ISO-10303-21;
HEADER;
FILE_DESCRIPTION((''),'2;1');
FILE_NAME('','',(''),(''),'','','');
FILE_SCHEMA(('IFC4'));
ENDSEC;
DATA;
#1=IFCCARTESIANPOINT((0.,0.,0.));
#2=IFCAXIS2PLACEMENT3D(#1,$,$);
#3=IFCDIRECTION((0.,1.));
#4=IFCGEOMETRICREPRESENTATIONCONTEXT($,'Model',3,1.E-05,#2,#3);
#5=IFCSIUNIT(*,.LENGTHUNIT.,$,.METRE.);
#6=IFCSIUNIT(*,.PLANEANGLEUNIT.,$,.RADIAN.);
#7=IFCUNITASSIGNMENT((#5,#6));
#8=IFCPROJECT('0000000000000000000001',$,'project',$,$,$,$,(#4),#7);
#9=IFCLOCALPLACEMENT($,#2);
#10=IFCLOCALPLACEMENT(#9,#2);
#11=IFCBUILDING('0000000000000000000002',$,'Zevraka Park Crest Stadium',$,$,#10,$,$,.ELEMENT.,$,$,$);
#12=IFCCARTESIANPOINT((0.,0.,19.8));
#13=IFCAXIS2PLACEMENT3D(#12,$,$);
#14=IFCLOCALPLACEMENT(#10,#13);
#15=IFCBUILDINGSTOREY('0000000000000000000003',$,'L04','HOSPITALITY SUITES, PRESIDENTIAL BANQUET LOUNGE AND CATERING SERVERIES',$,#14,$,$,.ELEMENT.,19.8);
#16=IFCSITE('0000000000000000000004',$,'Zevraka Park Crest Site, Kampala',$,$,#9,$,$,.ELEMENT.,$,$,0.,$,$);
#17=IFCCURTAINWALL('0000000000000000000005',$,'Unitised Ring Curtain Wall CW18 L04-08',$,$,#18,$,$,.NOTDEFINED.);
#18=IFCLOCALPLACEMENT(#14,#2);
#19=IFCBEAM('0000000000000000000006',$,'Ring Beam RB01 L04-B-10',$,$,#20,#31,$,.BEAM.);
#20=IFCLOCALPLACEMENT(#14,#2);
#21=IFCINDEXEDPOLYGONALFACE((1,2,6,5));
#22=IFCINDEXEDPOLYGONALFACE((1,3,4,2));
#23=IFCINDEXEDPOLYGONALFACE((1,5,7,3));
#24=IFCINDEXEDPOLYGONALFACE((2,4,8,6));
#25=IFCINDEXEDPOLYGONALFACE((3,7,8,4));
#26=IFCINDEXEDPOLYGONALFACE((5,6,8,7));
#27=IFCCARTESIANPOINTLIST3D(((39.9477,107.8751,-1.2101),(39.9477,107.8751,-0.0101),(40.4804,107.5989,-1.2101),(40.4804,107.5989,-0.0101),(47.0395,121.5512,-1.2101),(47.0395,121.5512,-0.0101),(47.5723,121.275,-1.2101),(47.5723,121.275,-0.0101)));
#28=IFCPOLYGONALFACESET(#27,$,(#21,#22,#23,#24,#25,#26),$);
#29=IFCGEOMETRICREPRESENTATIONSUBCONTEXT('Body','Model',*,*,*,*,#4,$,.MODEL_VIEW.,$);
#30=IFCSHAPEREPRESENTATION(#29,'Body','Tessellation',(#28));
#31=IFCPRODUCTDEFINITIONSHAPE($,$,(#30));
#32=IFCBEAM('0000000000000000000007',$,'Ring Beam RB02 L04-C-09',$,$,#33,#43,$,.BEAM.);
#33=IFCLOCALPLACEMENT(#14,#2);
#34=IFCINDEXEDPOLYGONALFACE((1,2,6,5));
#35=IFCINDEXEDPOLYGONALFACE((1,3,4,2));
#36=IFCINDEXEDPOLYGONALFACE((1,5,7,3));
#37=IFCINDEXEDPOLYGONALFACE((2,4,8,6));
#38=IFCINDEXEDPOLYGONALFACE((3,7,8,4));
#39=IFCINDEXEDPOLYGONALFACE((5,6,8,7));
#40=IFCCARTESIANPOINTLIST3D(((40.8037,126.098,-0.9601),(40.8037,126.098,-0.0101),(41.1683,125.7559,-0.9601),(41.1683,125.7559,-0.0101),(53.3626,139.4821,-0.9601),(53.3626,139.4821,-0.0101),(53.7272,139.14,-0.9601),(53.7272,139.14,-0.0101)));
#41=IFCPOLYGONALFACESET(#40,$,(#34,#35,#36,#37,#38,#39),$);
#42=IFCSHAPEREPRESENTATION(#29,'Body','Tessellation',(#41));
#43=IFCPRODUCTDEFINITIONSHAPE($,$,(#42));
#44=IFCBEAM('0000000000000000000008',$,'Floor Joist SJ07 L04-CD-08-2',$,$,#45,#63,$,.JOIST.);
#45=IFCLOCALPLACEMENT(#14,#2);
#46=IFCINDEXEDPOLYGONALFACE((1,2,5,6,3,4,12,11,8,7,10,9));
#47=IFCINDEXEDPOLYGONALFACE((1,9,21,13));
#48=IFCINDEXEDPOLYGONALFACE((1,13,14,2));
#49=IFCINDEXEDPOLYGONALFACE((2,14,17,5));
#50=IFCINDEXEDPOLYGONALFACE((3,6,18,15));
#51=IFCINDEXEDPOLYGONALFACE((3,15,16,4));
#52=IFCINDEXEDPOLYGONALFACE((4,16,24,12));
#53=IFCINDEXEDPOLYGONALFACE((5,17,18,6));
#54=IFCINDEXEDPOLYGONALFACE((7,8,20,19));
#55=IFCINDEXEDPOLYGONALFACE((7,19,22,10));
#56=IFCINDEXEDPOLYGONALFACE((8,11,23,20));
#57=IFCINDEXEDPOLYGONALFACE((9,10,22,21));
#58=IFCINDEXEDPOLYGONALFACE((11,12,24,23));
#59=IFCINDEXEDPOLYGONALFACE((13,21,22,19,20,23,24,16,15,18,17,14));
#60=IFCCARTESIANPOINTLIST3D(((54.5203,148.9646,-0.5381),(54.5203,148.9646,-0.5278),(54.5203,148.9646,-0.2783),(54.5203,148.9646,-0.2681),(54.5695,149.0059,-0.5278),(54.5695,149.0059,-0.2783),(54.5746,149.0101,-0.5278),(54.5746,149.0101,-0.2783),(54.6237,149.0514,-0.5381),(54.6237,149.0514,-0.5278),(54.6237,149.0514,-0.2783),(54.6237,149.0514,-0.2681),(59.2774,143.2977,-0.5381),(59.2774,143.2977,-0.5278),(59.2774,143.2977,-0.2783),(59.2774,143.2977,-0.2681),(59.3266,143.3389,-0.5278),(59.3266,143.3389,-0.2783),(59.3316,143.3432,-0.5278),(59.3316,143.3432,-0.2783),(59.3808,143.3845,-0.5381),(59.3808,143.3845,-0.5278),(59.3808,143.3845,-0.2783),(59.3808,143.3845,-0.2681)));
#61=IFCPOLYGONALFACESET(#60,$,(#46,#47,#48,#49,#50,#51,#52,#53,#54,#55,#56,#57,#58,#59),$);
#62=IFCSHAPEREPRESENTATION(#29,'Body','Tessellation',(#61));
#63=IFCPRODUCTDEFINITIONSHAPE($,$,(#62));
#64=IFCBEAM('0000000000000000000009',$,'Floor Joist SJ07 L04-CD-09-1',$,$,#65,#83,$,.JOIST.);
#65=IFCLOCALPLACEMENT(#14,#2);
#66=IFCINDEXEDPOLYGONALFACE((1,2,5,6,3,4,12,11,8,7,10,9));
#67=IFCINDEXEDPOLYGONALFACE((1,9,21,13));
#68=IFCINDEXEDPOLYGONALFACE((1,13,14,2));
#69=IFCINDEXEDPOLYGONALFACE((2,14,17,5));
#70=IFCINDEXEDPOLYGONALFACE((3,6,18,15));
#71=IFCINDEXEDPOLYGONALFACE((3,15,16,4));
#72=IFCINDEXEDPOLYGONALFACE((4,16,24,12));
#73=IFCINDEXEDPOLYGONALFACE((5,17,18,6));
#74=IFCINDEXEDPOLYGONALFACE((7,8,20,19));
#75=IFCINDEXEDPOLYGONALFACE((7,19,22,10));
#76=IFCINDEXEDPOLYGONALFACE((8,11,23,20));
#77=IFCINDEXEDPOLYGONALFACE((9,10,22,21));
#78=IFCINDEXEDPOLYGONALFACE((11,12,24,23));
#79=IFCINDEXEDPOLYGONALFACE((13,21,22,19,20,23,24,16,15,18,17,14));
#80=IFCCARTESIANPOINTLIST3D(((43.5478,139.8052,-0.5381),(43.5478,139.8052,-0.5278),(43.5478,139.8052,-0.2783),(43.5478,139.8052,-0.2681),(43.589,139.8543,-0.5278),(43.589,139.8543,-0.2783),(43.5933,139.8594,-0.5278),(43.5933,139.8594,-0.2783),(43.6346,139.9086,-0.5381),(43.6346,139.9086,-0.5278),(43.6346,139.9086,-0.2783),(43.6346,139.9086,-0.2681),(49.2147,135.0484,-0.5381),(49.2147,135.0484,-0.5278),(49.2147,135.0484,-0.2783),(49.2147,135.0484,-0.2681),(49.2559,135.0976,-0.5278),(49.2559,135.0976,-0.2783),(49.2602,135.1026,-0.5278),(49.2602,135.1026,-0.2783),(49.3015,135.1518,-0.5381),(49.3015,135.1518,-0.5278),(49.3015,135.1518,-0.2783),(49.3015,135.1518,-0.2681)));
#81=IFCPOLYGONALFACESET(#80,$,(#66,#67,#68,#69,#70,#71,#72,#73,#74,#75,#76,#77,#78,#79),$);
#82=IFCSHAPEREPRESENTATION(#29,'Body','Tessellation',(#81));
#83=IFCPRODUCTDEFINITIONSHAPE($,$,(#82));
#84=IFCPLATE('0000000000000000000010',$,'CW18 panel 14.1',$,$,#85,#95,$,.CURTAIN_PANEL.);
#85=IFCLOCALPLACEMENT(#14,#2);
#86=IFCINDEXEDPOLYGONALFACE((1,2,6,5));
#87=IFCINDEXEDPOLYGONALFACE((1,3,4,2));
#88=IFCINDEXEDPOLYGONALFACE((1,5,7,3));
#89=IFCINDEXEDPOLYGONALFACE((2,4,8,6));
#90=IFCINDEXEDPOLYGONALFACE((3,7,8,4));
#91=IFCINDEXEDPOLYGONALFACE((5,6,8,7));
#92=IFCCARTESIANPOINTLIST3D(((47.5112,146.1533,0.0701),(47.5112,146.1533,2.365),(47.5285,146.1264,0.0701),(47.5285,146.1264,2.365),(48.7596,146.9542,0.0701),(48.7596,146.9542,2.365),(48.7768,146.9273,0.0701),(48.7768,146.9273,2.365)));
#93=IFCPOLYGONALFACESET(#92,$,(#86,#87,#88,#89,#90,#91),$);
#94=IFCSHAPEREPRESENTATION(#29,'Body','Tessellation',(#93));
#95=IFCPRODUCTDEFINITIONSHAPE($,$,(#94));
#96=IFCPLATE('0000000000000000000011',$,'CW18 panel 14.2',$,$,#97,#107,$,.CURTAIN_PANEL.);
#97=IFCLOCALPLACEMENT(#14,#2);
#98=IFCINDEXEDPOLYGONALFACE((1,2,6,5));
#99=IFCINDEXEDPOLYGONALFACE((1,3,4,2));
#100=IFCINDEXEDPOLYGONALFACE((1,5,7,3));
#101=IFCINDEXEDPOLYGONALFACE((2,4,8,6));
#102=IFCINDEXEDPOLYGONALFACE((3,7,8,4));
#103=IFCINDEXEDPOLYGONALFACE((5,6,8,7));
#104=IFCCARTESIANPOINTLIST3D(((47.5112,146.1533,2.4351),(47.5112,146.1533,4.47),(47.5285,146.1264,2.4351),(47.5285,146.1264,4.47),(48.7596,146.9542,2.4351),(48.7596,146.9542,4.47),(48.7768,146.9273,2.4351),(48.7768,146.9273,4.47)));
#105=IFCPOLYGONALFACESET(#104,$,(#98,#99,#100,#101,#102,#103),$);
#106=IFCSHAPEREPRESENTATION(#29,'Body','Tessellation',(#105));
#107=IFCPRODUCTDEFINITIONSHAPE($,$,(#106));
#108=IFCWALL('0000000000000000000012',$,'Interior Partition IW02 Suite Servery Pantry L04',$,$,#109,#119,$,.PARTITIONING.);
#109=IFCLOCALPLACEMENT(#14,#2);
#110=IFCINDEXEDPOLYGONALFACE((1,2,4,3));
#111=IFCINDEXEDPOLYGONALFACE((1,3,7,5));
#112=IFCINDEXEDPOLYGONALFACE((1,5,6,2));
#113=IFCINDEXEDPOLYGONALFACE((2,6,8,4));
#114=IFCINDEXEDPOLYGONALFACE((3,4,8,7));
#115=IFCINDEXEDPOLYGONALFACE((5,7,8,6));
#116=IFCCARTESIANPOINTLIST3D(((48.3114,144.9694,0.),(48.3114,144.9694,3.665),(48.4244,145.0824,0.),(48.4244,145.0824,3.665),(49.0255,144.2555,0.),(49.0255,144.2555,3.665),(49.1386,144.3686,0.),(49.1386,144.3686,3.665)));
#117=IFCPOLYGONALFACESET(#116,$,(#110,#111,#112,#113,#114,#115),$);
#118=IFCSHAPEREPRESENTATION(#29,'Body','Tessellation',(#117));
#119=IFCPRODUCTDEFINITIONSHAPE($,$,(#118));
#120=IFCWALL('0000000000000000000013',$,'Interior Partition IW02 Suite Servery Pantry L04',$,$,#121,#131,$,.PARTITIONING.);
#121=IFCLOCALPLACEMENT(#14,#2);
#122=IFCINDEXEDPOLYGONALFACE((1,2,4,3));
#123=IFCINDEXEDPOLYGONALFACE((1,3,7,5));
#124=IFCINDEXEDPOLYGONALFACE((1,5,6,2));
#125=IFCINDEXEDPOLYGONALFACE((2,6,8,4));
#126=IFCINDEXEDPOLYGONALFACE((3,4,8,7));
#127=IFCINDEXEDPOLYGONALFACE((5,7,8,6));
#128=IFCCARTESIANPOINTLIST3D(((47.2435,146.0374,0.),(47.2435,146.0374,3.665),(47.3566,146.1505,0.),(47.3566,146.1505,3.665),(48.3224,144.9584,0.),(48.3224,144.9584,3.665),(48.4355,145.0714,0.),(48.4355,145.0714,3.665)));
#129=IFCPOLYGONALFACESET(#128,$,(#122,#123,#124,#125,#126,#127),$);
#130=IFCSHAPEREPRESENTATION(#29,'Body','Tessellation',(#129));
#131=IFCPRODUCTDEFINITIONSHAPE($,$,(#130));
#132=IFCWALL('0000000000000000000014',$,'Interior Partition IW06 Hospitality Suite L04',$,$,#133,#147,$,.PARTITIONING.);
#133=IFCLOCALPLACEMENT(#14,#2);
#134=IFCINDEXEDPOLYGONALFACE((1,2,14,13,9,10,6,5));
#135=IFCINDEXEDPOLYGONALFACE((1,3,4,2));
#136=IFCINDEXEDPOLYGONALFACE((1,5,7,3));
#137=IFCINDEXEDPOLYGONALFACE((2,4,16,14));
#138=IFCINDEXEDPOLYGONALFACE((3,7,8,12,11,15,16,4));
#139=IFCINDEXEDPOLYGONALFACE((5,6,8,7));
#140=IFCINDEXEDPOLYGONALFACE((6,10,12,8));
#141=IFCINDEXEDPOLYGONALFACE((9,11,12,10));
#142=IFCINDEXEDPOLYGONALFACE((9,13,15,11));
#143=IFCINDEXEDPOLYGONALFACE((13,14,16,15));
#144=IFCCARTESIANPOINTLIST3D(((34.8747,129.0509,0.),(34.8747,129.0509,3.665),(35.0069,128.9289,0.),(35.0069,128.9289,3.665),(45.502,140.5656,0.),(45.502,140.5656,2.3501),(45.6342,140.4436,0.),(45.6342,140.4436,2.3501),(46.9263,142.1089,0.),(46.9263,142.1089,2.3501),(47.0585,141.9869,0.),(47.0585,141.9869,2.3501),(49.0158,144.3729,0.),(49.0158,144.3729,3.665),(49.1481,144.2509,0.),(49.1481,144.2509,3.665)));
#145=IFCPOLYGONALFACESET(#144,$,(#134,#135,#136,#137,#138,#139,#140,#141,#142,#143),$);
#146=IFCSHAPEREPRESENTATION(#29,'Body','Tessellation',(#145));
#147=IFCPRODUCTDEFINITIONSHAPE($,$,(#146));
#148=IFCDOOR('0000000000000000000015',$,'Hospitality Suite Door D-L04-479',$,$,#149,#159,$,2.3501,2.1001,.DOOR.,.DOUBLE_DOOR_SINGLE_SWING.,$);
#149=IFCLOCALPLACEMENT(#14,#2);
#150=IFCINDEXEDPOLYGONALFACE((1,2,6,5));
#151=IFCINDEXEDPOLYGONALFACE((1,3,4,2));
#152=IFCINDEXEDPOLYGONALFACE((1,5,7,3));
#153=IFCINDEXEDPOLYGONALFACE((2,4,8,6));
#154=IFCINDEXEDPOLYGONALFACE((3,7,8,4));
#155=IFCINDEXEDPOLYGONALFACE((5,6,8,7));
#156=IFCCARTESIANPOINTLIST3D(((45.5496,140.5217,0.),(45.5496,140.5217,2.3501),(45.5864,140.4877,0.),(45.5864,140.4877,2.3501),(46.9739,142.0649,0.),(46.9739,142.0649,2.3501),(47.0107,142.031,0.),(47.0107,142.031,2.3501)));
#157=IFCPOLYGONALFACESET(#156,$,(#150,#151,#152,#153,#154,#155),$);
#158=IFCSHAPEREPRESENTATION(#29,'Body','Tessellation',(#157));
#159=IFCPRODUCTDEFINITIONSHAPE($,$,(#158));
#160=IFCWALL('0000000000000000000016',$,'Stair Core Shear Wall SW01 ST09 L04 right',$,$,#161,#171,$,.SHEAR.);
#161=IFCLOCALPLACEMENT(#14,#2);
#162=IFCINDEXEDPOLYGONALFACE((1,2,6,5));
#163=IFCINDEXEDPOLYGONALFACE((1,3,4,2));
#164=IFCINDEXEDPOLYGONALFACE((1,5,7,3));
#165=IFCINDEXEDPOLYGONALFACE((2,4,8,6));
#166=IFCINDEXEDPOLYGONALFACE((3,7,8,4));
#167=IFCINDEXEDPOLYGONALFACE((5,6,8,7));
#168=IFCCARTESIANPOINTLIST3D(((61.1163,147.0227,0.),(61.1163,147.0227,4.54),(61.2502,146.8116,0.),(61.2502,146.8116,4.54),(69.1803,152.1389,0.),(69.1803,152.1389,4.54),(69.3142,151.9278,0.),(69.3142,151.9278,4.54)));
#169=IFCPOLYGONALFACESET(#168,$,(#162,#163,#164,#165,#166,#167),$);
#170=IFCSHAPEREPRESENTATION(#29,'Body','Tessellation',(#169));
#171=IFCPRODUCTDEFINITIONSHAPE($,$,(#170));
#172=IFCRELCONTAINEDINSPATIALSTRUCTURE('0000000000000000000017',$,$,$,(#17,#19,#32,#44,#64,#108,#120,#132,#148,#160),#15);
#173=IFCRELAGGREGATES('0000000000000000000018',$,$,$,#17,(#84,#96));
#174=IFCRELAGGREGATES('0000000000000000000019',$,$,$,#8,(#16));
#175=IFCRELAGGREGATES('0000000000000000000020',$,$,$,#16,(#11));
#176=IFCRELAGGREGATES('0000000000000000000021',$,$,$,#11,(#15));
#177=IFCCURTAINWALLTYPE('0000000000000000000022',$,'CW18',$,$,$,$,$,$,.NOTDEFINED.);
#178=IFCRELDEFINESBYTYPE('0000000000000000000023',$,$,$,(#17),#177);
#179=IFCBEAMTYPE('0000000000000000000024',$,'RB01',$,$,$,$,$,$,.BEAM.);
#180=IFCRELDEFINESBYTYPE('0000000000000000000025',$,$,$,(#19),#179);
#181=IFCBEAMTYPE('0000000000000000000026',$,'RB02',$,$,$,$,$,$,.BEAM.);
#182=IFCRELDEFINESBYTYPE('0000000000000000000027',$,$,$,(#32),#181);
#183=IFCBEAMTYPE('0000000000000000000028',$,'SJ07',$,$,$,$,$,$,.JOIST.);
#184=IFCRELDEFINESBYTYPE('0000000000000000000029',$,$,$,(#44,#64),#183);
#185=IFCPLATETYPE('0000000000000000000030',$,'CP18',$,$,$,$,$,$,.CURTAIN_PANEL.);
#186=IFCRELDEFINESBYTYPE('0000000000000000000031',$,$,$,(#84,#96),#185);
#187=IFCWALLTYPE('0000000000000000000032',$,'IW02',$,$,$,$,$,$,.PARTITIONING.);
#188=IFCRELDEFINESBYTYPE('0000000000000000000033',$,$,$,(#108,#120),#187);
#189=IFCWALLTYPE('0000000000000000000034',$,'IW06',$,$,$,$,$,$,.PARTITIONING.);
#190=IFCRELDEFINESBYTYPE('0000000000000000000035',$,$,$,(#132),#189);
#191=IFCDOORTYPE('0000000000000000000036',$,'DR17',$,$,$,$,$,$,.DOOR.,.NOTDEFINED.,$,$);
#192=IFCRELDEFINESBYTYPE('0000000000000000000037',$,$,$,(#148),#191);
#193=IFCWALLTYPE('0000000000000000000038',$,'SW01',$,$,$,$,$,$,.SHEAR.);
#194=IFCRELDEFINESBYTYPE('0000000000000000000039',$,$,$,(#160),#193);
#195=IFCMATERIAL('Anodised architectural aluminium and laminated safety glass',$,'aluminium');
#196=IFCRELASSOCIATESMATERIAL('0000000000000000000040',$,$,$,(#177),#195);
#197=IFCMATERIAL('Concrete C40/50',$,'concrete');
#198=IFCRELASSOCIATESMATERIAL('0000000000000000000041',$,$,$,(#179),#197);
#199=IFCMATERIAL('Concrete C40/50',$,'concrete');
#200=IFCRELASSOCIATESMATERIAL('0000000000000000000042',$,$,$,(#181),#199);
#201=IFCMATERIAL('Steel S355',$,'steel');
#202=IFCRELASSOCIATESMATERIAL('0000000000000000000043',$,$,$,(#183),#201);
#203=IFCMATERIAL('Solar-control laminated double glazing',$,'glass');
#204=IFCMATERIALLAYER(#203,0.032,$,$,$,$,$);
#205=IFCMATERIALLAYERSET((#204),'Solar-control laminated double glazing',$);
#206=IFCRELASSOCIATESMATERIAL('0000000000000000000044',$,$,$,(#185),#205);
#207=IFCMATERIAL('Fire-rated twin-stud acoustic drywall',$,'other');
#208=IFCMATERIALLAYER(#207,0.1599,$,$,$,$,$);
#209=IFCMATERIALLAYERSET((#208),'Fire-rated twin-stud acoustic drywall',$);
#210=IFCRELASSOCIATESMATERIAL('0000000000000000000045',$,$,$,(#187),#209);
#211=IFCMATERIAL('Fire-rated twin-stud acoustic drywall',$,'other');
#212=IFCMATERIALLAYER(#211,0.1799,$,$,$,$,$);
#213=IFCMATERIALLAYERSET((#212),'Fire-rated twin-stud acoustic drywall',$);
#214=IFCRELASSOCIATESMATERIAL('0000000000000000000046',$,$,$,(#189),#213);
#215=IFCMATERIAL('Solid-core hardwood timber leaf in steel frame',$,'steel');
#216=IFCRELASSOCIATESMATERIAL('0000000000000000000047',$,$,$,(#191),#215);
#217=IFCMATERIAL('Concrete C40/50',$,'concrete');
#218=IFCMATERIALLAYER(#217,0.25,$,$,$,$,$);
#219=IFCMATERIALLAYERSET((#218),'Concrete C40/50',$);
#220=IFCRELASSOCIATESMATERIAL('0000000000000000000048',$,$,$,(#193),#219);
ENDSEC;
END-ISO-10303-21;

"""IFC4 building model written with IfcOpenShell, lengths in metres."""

from ifc_helpers import new_model, si_unit, direction, frame, frame_2d, origin, origin_2d, place, context, subcontext, project, spatial, rectangle, i_section, extrude, material, layer, layer_set, material_profile, profile_set, type_object, element, fill, aggregate, save


model = new_model("IFC4")

# Units and contexts
model_context = context("Model", 3, precision=1e-05, world=origin(), true_north=direction((0.0, 1.0)))
body_context = subcontext(model_context, "Body", "Model", "MODEL_VIEW")
ifc_project = project(units=[si_unit("LENGTHUNIT", "METRE"), si_unit("PLANEANGLEUNIT", "RADIAN")], contexts=[model_context])

# Site, building, storey
site_placement = place(None, origin())
site = spatial("IfcSite", under=ifc_project, at=site_placement, Name="Zevraka Park Crest Site, Kampala", CompositionType="ELEMENT", RefElevation=0.0)
building_placement = place(site_placement, origin())
building = spatial("IfcBuilding", under=site, at=building_placement, Name="Zevraka Park Crest Stadium", CompositionType="ELEMENT")
storey_placement = place(building_placement, frame((0.0, 0.0, 19.8)))
storey = spatial("IfcBuildingStorey", under=building, at=storey_placement, Name="L04", Description="HOSPITALITY SUITES, PRESIDENTIAL BANQUET LOUNGE AND CATERING SERVERIES", CompositionType="ELEMENT", Elevation=19.8)

# Curtain wall
ifc_material_1 = material(Name="Anodised architectural aluminium and laminated safety glass", Category="aluminium")
curtain_wall_type = type_object("IfcCurtainWallType", Name="CW18", PredefinedType="NOTDEFINED", material=ifc_material_1)
curtain_wall_1_placement = place(storey_placement, origin())
curtain_wall_1 = element("IfcCurtainWall", 1, at=curtain_wall_1_placement, inside=storey, type_object=curtain_wall_type, Name="Unitised Ring Curtain Wall CW18 L04-08", PredefinedType="NOTDEFINED")

# Beams
ifc_material_2 = material(Name="Concrete C40/50", Category="concrete")
ifc_material_profile_1 = material_profile(ifc_material_2, rectangle(XDim=0.6001, YDim=1.2, at=origin_2d()), Name="RC 1200x600")
ifc_profile_set_1 = profile_set([ifc_material_profile_1], Name="Concrete C40/50")
beam_type_1 = type_object("IfcBeamType", Name="RB01", PredefinedType="BEAM", material=ifc_profile_set_1)
beam_1_placement = place(storey_placement, frame((47.3059, 121.4131, -0.6101), z_axis=(-0.460344, -0.887741, 0.0), x_axis=(0.887741, -0.460344, 0.0)))
element("IfcBeam", 2, at=beam_1_placement, inside=storey, type_object=beam_type_1, Name="Ring Beam RB01 L04-B-10", PredefinedType="BEAM", context=body_context, shape_type="SweptSolid", body=[
    extrude(rectangle(XDim=0.6001, YDim=1.2, at=origin_2d()), origin(), (0.0, 0.0, 1.0), 15.4055),
])
ifc_material_3 = material(Name="Concrete C40/50", Category="concrete")
ifc_material_profile_2 = material_profile(ifc_material_3, rectangle(XDim=0.5, YDim=0.95, at=origin_2d()), Name="RC 950x500")
ifc_profile_set_2 = profile_set([ifc_material_profile_2], Name="Concrete C40/50")
beam_type_2 = type_object("IfcBeamType", Name="RB02", PredefinedType="BEAM", material=ifc_profile_set_2)
beam_2_placement = place(storey_placement, frame((53.5449, 139.311, -0.4851), z_axis=(-0.684269, -0.72923, 0.0), x_axis=(0.72923, -0.684269, 0.0)))
element("IfcBeam", 3, at=beam_2_placement, inside=storey, type_object=beam_type_2, Name="Ring Beam RB02 L04-C-09", PredefinedType="BEAM", context=body_context, shape_type="SweptSolid", body=[
    extrude(rectangle(XDim=0.5, YDim=0.95, at=origin_2d()), origin(), (0.0, 0.0, 1.0), 18.3538),
])
ifc_material_4 = material(Name="Steel S355", Category="steel")
ifc_material_profile_3 = material_profile(ifc_material_4, i_section(OverallWidth=0.135, OverallDepth=0.27, WebThickness=0.0066, FlangeThickness=0.0103, at=origin_2d()), Name="IPE 270")
ifc_profile_set_3 = profile_set([ifc_material_profile_3], Name="Steel S355")
beam_type_3 = type_object("IfcBeamType", Name="SJ07", PredefinedType="JOIST", material=ifc_profile_set_3)
beam_3_placement = place(storey_placement, frame((59.3291, 143.3411, -0.4031), z_axis=(-0.642939, 0.765917, 0.0), x_axis=(-0.765917, -0.642939, 0.0)))
element("IfcBeam", 4, at=beam_3_placement, inside=storey, type_object=beam_type_3, Name="Floor Joist SJ07 L04-CD-08-2", PredefinedType="JOIST", context=body_context, shape_type="SweptSolid", body=[
    extrude(i_section(OverallWidth=0.135, OverallDepth=0.27, WebThickness=0.0066, FlangeThickness=0.0103, at=origin_2d()), origin(), (0.0, 0.0, 1.0), 7.3989),
])
beam_4_placement = place(storey_placement, frame((49.2581, 135.1001, -0.4031), z_axis=(-0.765934, 0.64292, 0.0), x_axis=(-0.64292, -0.765934, 0.0)))
element("IfcBeam", 5, at=beam_4_placement, inside=storey, type_object=beam_type_3, Name="Floor Joist SJ07 L04-CD-09-1", PredefinedType="JOIST", context=body_context, shape_type="SweptSolid", body=[
    extrude(i_section(OverallWidth=0.135, OverallDepth=0.27, WebThickness=0.0066, FlangeThickness=0.0103, at=origin_2d()), origin(), (0.0, 0.0, 1.0), 7.3987),
])

# Plates
ifc_material_5 = material(Name="Solar-control laminated double glazing", Category="glass")
ifc_layer_1 = layer(ifc_material_5, 0.032)
ifc_layer_set_1 = layer_set([ifc_layer_1], Name="Solar-control laminated double glazing")
plate_type = type_object("IfcPlateType", Name="CP18", PredefinedType="CURTAIN_PANEL", material=ifc_layer_set_1)
plate_1_placement = place(storey_placement, frame((48.144, 146.5403, 0.0701), z_axis=(0.0, 0.0, 1.0), x_axis=(-0.841678, -0.53998, 0.0)))
plate_1 = element("IfcPlate", 6, at=plate_1_placement, type_object=plate_type, Name="CW18 panel 14.1", PredefinedType="CURTAIN_PANEL", context=body_context, shape_type="SweptSolid", body=[
    extrude(rectangle(XDim=1.4832, YDim=0.032, at=origin_2d()), origin(), (0.0, 0.0, 1.0), 2.2949),
])
plate_2_placement = place(storey_placement, frame((48.144, 146.5403, 2.4351), z_axis=(0.0, 0.0, 1.0), x_axis=(-0.841678, -0.53998, 0.0)))
plate_2 = element("IfcPlate", 7, at=plate_2_placement, type_object=plate_type, Name="CW18 panel 14.2", PredefinedType="CURTAIN_PANEL", context=body_context, shape_type="SweptSolid", body=[
    extrude(rectangle(XDim=1.4832, YDim=0.032, at=origin_2d()), origin(), (0.0, 0.0, 1.0), 2.0349),
])
aggregate(curtain_wall_1, [plate_1, plate_2])

# Walls
ifc_material_6 = material(Name="Fire-rated twin-stud acoustic drywall", Category="other")
ifc_layer_2 = layer(ifc_material_6, 0.1599)
ifc_layer_set_2 = layer_set([ifc_layer_2], Name="Fire-rated twin-stud acoustic drywall")
wall_type_1 = type_object("IfcWallType", Name="IW02", PredefinedType="PARTITIONING", material=ifc_layer_set_2)
wall_1_placement = place(storey_placement, frame((49.082, 144.312, 0.0), z_axis=(0.0, 0.0, 1.0), x_axis=(-0.707228, 0.706986, 0.0)))
element("IfcWall", 8, at=wall_1_placement, inside=storey, type_object=wall_type_1, Name="Interior Partition IW02 Suite Servery Pantry L04", PredefinedType="PARTITIONING", context=body_context, shape_type="SweptSolid", body=[
    extrude(rectangle(XDim=1.0098, YDim=0.1599, at=frame_2d((0.5049, 0.0))), origin(), (0.0, 0.0, 1.0), 3.665),
])
wall_2_placement = place(storey_placement, frame((48.3789, 145.0149, 0.0), z_axis=(0.0, 0.0, 1.0), x_axis=(-0.707027, 0.707187, 0.0)))
element("IfcWall", 9, at=wall_2_placement, inside=storey, type_object=wall_type_1, Name="Interior Partition IW02 Suite Servery Pantry L04", PredefinedType="PARTITIONING", context=body_context, shape_type="SweptSolid", body=[
    extrude(rectangle(XDim=1.5259, YDim=0.1599, at=frame_2d((0.7629, 0.0))), origin(), (0.0, 0.0, 1.0), 3.665),
])

# Wall, opening, door
ifc_material_7 = material(Name="Fire-rated twin-stud acoustic drywall", Category="other")
ifc_layer_3 = layer(ifc_material_7, 0.1799)
ifc_layer_set_3 = layer_set([ifc_layer_3], Name="Fire-rated twin-stud acoustic drywall")
wall_type_2 = type_object("IfcWallType", Name="IW06", PredefinedType="PARTITIONING", material=ifc_layer_set_3)
wall_3_placement = place(storey_placement, frame((49.082, 144.312, 0.0), z_axis=(0.0, 0.0, 1.0), x_axis=(-0.678221, -0.734858, 0.0)))
wall_3 = element("IfcWall", 10, at=wall_3_placement, inside=storey, type_object=wall_type_2, Name="Interior Partition IW06 Hospitality Suite L04", PredefinedType="PARTITIONING", context=body_context, shape_type="SweptSolid", body=[
    extrude(rectangle(XDim=20.8503, YDim=0.1799, at=frame_2d((10.4253, 0.0))), origin(), (0.0, 0.0, 1.0), 3.665),
])
opening_placement = place(wall_3_placement, frame((3.0811, 0.0, 0.0)))
opening = element("IfcOpeningElement", 11, at=opening_placement, cuts=wall_3, PredefinedType="OPENING", context=body_context, shape_type="SweptSolid", body=[
    extrude(rectangle(XDim=2.1001, YDim=2.3501, at=frame_2d((1.05, 1.175))), frame((0.0, 0.0999, 0.0), z_axis=(0.0, -1.0, 0.0), x_axis=(1.0, 0.0, 0.0)), (0.0, 0.0, 1.0), 0.2),
])
ifc_material_8 = material(Name="Solid-core hardwood timber leaf in steel frame", Category="steel")
door_type = type_object("IfcDoorType", Name="DR17", OperationType="NOTDEFINED", PredefinedType="DOOR", material=ifc_material_8)
door_placement = place(opening_placement, origin())
door = element("IfcDoor", 12, at=door_placement, inside=storey, type_object=door_type, Name="Hospitality Suite Door D-L04-479", OperationType="DOUBLE_DOOR_SINGLE_SWING", OverallHeight=2.3501, OverallWidth=2.1001, PredefinedType="DOOR", context=body_context, shape_type="SweptSolid", body=[
    extrude(rectangle(XDim=2.1001, YDim=2.3501, at=frame_2d((1.05, 1.175))), frame((0.0, 0.0249, 0.0), z_axis=(0.0, -1.0, 0.0), x_axis=(1.0, 0.0, 0.0)), (0.0, 0.0, 1.0), 0.05),
])
fill(opening, door)

# Wall
ifc_material_9 = material(Name="Concrete C40/50", Category="concrete")
ifc_layer_4 = layer(ifc_material_9, 0.25)
ifc_layer_set_4 = layer_set([ifc_layer_4], Name="Concrete C40/50")
wall_type_3 = type_object("IfcWallType", Name="SW01", PredefinedType="SHEAR", material=ifc_layer_set_4)
wall_4_placement = place(storey_placement, frame((61.1833, 146.9172, 0.0), z_axis=(0.0, 0.0, 1.0), x_axis=(0.844391, 0.535727, 0.0)))
element("IfcWall", 13, at=wall_4_placement, inside=storey, type_object=wall_type_3, Name="Stair Core Shear Wall SW01 ST09 L04 right", PredefinedType="SHEAR", context=body_context, shape_type="SweptSolid", body=[
    extrude(rectangle(XDim=9.55, YDim=0.25, at=frame_2d((4.7749, 0.0))), origin(), (0.0, 0.0, 1.0), 4.54),
])

save(model, "model.ifc")
